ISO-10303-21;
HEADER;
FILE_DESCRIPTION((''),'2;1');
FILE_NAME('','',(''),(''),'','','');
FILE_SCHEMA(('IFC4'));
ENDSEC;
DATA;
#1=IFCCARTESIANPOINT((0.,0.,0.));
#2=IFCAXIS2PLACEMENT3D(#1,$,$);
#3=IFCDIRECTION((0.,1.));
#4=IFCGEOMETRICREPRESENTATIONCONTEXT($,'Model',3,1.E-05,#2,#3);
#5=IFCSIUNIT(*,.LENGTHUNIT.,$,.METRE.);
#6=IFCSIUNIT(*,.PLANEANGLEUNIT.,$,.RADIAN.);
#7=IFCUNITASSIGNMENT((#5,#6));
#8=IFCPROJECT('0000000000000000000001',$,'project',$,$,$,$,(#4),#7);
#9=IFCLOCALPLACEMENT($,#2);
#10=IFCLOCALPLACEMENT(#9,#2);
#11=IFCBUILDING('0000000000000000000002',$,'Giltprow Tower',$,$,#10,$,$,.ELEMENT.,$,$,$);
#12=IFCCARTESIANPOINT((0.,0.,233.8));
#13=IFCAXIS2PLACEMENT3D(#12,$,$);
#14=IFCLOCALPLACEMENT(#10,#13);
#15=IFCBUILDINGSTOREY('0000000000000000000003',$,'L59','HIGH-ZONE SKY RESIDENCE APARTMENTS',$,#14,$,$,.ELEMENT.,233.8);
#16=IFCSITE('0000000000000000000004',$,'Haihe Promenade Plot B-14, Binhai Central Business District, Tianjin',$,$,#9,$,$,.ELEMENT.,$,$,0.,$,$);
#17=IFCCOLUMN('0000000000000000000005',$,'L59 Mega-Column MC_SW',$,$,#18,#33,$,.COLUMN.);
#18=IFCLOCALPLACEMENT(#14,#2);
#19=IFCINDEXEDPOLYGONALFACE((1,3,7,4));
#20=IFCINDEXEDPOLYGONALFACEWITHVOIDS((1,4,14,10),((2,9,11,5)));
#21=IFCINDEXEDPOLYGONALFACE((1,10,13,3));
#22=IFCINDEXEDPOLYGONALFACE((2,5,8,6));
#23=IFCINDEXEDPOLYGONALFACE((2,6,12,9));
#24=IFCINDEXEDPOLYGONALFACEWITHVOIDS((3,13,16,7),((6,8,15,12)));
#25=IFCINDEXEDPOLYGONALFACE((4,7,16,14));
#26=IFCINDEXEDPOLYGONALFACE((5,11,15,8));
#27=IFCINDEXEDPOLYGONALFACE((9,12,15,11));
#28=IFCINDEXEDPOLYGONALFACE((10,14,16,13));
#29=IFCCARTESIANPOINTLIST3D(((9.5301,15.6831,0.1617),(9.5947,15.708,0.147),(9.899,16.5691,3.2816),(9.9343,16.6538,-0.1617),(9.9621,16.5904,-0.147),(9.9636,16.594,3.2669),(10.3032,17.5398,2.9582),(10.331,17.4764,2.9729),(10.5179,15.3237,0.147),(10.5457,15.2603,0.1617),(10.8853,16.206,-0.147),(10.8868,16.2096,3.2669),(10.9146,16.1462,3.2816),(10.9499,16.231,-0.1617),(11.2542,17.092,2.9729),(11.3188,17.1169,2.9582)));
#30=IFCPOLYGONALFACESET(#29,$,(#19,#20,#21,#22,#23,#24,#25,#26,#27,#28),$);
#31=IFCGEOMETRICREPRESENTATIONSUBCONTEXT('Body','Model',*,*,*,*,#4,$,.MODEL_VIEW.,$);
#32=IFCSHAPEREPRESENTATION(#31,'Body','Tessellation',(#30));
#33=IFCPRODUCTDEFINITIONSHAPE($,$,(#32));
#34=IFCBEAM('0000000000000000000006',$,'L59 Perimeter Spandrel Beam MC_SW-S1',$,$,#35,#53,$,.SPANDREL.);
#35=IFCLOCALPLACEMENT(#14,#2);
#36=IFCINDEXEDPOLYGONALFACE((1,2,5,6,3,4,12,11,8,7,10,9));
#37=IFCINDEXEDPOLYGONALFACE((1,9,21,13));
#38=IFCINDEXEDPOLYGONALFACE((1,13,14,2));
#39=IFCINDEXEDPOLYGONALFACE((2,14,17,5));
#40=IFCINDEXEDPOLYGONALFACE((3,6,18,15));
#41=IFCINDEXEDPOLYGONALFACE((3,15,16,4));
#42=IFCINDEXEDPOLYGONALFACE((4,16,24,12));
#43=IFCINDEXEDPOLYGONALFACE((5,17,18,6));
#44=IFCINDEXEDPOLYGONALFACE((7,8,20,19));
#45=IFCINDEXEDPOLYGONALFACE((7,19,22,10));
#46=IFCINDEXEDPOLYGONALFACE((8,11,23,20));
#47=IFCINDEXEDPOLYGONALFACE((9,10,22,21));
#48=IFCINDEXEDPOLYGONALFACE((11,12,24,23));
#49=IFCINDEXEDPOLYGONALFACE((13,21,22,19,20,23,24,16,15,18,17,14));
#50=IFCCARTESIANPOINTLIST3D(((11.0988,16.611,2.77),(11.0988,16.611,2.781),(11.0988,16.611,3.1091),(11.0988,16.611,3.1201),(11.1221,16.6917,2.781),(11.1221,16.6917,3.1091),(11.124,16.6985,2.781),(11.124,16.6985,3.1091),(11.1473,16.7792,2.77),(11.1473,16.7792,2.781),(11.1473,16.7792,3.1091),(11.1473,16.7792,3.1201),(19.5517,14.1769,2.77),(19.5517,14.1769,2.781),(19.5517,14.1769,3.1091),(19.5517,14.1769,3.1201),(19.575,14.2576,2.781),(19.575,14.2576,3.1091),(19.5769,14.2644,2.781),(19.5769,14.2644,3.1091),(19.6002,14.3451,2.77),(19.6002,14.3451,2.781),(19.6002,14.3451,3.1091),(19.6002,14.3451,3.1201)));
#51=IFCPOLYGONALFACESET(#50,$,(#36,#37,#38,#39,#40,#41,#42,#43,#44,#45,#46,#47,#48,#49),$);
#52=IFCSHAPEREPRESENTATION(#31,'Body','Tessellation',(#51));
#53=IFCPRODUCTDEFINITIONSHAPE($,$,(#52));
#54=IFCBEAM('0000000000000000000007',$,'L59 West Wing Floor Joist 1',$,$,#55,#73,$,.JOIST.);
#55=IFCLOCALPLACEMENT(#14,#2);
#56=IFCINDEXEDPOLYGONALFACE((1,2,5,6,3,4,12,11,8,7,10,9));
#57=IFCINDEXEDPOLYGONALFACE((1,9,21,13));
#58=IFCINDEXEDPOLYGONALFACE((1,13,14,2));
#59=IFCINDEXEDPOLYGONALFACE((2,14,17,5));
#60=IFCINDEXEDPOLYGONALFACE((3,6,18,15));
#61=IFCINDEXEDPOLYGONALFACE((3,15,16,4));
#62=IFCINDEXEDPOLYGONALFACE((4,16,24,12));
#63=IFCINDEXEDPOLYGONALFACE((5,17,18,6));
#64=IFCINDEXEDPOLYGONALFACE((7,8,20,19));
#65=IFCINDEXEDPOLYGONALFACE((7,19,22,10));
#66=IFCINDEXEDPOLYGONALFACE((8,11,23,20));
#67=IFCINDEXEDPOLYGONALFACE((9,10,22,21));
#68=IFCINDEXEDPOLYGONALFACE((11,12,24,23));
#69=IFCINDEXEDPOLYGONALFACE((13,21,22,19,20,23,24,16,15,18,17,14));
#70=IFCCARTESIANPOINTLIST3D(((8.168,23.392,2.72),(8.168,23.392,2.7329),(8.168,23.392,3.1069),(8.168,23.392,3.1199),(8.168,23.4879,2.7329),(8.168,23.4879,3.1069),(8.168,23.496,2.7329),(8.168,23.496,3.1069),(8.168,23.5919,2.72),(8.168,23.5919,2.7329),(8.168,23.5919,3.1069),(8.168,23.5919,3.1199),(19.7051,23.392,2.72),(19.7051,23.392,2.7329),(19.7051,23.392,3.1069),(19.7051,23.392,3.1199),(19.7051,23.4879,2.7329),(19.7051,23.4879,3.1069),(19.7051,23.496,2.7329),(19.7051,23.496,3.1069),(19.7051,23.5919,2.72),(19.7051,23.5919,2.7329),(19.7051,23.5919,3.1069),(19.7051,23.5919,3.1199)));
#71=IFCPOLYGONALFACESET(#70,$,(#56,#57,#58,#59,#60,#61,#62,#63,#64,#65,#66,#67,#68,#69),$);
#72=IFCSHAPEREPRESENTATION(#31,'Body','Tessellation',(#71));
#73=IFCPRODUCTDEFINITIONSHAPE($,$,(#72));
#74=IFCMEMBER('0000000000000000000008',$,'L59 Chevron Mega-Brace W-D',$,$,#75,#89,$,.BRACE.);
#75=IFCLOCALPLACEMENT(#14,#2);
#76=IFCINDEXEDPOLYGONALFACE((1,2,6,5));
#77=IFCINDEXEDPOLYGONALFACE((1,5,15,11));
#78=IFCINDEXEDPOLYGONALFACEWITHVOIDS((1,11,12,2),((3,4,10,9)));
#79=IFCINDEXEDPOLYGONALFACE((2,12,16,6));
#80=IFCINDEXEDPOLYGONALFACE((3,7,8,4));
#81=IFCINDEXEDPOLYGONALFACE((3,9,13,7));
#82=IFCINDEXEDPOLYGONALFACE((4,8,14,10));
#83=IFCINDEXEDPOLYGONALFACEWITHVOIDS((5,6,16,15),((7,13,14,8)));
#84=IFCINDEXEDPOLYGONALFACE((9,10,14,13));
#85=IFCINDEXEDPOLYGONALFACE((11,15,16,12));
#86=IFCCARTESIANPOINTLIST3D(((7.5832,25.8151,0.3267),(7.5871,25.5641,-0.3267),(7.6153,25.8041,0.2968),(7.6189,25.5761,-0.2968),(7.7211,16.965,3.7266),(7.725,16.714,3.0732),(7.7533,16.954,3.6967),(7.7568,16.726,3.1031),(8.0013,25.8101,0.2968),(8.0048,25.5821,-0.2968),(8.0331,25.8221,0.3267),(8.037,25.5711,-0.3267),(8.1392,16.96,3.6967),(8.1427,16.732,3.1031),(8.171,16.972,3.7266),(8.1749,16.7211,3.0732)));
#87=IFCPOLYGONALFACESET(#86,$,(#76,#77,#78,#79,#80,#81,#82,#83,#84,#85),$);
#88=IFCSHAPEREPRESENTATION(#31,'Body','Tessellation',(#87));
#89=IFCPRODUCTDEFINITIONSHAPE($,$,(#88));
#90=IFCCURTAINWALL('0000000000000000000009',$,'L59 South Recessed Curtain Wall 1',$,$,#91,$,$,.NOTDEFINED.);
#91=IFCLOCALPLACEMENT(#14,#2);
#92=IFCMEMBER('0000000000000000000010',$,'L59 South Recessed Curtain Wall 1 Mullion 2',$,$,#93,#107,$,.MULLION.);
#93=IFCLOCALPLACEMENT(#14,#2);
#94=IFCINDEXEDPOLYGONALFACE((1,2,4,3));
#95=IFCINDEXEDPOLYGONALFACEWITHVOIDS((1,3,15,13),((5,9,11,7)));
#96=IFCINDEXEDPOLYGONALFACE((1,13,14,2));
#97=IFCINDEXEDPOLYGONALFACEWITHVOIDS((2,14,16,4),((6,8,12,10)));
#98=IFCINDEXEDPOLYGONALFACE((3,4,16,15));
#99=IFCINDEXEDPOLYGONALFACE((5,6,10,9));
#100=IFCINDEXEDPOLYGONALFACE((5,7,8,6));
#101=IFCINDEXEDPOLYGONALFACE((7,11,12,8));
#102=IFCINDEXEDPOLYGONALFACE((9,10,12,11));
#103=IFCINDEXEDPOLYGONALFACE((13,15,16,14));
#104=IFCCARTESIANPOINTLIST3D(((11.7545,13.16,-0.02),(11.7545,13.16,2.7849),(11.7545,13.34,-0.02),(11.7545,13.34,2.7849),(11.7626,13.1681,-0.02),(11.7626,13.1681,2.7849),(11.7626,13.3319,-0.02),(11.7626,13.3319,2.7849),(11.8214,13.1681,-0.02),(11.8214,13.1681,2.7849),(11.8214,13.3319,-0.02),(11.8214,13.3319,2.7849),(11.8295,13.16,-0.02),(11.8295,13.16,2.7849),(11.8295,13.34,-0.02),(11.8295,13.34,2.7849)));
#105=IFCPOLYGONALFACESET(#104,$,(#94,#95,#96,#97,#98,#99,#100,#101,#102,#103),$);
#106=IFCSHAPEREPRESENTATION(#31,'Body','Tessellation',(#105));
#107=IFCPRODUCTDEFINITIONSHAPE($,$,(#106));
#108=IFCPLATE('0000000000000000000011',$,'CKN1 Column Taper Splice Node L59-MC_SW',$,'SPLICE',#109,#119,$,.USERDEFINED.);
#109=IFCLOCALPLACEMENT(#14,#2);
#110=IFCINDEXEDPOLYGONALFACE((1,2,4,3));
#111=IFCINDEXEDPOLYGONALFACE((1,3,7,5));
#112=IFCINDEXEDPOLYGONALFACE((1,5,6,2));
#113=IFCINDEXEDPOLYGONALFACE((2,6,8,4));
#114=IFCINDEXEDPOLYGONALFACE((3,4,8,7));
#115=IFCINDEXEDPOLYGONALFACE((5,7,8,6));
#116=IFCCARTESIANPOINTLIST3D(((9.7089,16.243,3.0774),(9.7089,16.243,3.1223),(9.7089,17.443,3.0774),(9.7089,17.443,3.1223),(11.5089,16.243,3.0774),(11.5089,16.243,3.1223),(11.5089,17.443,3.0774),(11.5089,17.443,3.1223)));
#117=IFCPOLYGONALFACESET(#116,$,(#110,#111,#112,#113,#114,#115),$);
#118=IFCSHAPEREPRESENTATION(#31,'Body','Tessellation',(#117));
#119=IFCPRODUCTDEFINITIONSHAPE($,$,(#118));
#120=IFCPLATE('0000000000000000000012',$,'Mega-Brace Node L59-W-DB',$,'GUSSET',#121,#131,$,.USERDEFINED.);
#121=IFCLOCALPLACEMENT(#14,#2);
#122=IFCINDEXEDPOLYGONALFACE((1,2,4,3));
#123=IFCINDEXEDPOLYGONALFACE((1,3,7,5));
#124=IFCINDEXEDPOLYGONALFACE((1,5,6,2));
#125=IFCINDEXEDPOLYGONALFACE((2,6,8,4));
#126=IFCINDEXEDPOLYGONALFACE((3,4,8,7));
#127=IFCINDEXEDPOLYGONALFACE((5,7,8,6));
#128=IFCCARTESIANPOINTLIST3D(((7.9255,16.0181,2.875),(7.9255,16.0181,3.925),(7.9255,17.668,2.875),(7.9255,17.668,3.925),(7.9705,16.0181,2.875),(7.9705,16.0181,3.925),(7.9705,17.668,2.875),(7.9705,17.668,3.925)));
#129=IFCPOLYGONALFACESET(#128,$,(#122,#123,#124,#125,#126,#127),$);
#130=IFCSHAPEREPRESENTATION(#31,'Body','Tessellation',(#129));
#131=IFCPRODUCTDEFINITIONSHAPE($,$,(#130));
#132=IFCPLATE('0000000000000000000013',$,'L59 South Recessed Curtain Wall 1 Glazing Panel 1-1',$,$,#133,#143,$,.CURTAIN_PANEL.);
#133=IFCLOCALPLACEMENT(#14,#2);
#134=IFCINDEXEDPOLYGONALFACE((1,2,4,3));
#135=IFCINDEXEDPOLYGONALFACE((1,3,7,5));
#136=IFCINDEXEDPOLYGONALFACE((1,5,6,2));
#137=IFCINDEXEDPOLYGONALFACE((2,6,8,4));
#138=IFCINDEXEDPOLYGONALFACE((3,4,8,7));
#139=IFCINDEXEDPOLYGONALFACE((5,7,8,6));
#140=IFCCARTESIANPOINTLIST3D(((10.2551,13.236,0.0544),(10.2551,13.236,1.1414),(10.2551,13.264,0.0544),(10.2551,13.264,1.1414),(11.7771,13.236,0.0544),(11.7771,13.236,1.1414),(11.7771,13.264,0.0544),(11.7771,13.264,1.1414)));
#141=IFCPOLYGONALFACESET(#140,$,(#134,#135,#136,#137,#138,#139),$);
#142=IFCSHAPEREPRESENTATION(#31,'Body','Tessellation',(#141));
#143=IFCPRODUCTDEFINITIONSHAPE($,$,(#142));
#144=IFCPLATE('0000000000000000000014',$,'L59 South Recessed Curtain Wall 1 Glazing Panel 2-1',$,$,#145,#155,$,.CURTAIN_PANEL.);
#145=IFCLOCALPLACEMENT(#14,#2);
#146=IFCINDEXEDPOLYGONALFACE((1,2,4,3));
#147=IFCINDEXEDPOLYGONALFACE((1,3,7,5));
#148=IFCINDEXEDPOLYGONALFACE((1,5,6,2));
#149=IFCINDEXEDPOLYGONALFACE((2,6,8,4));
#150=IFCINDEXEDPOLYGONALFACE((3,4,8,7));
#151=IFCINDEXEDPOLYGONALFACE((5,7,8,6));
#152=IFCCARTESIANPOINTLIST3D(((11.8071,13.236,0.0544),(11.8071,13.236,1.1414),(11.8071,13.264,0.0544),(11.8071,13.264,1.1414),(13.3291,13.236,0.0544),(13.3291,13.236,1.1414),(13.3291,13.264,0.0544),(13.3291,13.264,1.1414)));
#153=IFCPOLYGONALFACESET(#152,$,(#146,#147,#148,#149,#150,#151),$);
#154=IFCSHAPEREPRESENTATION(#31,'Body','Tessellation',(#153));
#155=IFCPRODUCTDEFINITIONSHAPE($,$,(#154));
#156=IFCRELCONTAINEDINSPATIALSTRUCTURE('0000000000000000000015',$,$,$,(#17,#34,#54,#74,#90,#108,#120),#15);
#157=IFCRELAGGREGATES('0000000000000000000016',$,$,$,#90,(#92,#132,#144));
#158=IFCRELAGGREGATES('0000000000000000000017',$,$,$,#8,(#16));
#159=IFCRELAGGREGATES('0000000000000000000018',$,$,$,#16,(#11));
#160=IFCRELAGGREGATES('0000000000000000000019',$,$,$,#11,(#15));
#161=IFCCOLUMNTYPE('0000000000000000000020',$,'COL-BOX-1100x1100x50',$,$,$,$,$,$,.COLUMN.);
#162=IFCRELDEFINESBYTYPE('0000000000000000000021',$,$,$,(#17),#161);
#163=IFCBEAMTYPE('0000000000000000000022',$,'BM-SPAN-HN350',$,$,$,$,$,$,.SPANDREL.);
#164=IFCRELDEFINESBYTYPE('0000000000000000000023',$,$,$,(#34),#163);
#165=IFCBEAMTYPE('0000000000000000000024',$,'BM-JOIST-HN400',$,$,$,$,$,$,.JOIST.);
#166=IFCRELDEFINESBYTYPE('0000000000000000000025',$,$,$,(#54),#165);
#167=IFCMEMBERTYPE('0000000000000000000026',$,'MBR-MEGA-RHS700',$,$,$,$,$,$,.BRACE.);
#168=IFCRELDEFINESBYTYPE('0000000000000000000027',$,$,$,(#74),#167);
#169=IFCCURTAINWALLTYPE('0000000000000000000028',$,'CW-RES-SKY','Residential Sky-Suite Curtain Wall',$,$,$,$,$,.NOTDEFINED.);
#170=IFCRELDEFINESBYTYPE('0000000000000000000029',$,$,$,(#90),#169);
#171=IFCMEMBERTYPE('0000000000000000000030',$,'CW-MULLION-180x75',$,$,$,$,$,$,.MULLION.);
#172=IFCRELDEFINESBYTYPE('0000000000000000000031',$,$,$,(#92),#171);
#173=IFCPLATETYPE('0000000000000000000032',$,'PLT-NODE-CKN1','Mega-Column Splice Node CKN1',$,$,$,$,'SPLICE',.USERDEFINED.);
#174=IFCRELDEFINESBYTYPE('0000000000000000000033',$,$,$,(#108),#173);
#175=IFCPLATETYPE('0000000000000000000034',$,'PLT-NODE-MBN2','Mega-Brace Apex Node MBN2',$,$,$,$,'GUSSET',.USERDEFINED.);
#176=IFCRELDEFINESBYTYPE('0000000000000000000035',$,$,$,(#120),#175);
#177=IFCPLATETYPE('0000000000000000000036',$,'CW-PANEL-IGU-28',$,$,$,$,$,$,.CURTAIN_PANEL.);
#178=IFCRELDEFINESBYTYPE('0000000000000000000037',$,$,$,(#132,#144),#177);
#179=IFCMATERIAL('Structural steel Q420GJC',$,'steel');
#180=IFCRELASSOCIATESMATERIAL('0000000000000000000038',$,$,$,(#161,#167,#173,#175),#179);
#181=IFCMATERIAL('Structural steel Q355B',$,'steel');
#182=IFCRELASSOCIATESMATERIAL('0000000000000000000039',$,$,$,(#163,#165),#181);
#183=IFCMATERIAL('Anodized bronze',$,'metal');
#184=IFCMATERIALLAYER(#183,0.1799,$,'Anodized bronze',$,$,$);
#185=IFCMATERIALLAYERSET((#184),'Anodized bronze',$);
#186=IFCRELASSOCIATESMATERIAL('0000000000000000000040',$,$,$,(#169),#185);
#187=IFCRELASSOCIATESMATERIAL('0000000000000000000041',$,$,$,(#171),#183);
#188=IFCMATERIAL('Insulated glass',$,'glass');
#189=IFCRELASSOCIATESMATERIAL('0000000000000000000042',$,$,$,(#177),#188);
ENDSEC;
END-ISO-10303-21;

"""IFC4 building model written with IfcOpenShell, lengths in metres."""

from ifc_helpers import new_model, si_unit, direction, frame, origin, origin_2d, place, context, subcontext, project, spatial, rectangle, hollow_rectangle, i_section, extrude, source, transform, mapped, material, layer, layer_set, material_profile, profile_set, type_object, element, aggregate, save


model = new_model("IFC4")

# Units and contexts
model_context = context("Model", 3, precision=1e-05, world=origin(), true_north=direction((0.0, 1.0)))
body_context = subcontext(model_context, "Body", "Model", "MODEL_VIEW")
ifc_project = project(units=[si_unit("LENGTHUNIT", "METRE"), si_unit("PLANEANGLEUNIT", "RADIAN")], contexts=[model_context])

# Site, building, storey
site_placement = place(None, origin())
site = spatial("IfcSite", under=ifc_project, at=site_placement, Name="Haihe Promenade Plot B-14, Binhai Central Business District, Tianjin", CompositionType="ELEMENT", RefElevation=0.0)
building_placement = place(site_placement, origin())
building = spatial("IfcBuilding", under=site, at=building_placement, Name="Giltprow Tower", CompositionType="ELEMENT")
storey_placement = place(building_placement, frame((0.0, 0.0, 233.8)))
storey = spatial("IfcBuildingStorey", under=building, at=storey_placement, Name="L59", Description="HIGH-ZONE SKY RESIDENCE APARTMENTS", CompositionType="ELEMENT", Elevation=233.8)

# Column
ifc_material_1 = material(Name="Structural steel Q420GJC", Category="steel")
ifc_material_profile_1 = material_profile(ifc_material_1, hollow_rectangle(XDim=1.1001, YDim=1.1001, WallThickness=0.05, at=origin_2d()), Name="BOX 1100x1100x50")
ifc_profile_set_1 = profile_set([ifc_material_profile_1], Name="Structural steel Q420GJC")
column_type = type_object("IfcColumnType", Name="COL-BOX-1100x1100x50", PredefinedType="COLUMN", material=ifc_profile_set_1)
shared_shape_1 = source(origin(), body_context, "Body", "SweptSolid", [
    extrude(hollow_rectangle(XDim=1.1001, YDim=1.1001, WallThickness=0.05, at=origin_2d()), origin(), (0.0, 0.0, 1.0), 3.2642),
])
column_placement = place(storey_placement, frame((10.24, 15.957, 0.0), z_axis=(0.113015, 0.27143, 0.9558), x_axis=(-0.923175, 0.384381, 0.0)))
element("IfcColumn", 1, at=column_placement, inside=storey, type_object=column_type, Name="L59 Mega-Column MC_SW", PredefinedType="COLUMN", context=body_context, shape_type="MappedRepresentation", body=[
    mapped(shared_shape_1, transform((0.0, 0.0, 0.0), x_axis=(1.0, 0.0, 0.0), y_axis=(0.0, 1.0, 0.0), z_axis=(0.0, 0.0, 1.0), scale=1.0)),
])

# Beams
ifc_material_2 = material(Name="Structural steel Q355B", Category="steel")
ifc_material_profile_2 = material_profile(ifc_material_2, i_section(OverallWidth=0.175, OverallDepth=0.3501, WebThickness=0.0071, FlangeThickness=0.011, at=origin_2d()), Name="HN 350x175x7x11")
ifc_profile_set_2 = profile_set([ifc_material_profile_2], Name="Structural steel Q355B")
beam_type_1 = type_object("IfcBeamType", Name="BM-SPAN-HN350", PredefinedType="SPANDREL", material=ifc_profile_set_2)
shared_shape_2 = source(origin(), body_context, "Body", "SweptSolid", [
    extrude(i_section(OverallWidth=0.175, OverallDepth=0.3501, WebThickness=0.0071, FlangeThickness=0.011, at=origin_2d()), origin(), (0.0, 0.0, 1.0), 8.7964),
])
beam_1_placement = place(storey_placement, frame((11.123, 16.6951, 2.9451), z_axis=(0.960952, -0.276715, 0.0), x_axis=(0.276715, 0.960952, 0.0)))
element("IfcBeam", 2, at=beam_1_placement, inside=storey, type_object=beam_type_1, Name="L59 Perimeter Spandrel Beam MC_SW-S1", PredefinedType="SPANDREL", context=body_context, shape_type="MappedRepresentation", body=[
    mapped(shared_shape_2, transform((0.0, 0.0, 0.0), x_axis=(1.0, 0.0, 0.0), y_axis=(0.0, 1.0, 0.0), z_axis=(0.0, 0.0, 1.0), scale=1.0)),
])
ifc_material_profile_3 = material_profile(ifc_material_2, i_section(OverallWidth=0.2, OverallDepth=0.3999, WebThickness=0.0081, FlangeThickness=0.0129, at=origin_2d()), Name="HN 400x200x8x13")
ifc_profile_set_3 = profile_set([ifc_material_profile_3], Name="Structural steel Q355B")
beam_type_2 = type_object("IfcBeamType", Name="BM-JOIST-HN400", PredefinedType="JOIST", material=ifc_profile_set_3)
shared_shape_3 = source(origin(), body_context, "Body", "SweptSolid", [
    extrude(i_section(OverallWidth=0.2, OverallDepth=0.3999, WebThickness=0.0081, FlangeThickness=0.0129, at=origin_2d()), origin(), (0.0, 0.0, 1.0), 11.5371),
])
beam_2_placement = place(storey_placement, frame((8.168, 23.4919, 2.9199), z_axis=(1.0, 0.0, 0.0), x_axis=(0.0, 1.0, 0.0)))
element("IfcBeam", 3, at=beam_2_placement, inside=storey, type_object=beam_type_2, Name="L59 West Wing Floor Joist 1", PredefinedType="JOIST", context=body_context, shape_type="MappedRepresentation", body=[
    mapped(shared_shape_3, transform((0.0, 0.0, 0.0), x_axis=(1.0, 0.0, 0.0), y_axis=(0.0, 1.0, 0.0), z_axis=(0.0, 0.0, 1.0), scale=1.0)),
])

# Member
ifc_material_profile_4 = material_profile(ifc_material_1, hollow_rectangle(XDim=0.45, YDim=0.7, WallThickness=0.032, at=origin_2d()), Name="RHS 700x450x32")
ifc_profile_set_4 = profile_set([ifc_material_profile_4], Name="Structural steel Q420GJC")
member_type_1 = type_object("IfcMemberType", Name="MBR-MEGA-RHS700", PredefinedType="BRACE", material=ifc_profile_set_4)
shared_shape_4 = source(origin(), body_context, "Body", "SweptSolid", [
    extrude(hollow_rectangle(XDim=0.45, YDim=0.7, WallThickness=0.032, at=origin_2d()), origin(), (0.0, 0.0, 1.0), 9.4817),
])
member_1_placement = place(storey_placement, frame((7.8101, 25.6931, 0.0), z_axis=(0.014548, -0.933387, 0.358575), x_axis=(0.999879, 0.015584, 0.0)))
element("IfcMember", 4, at=member_1_placement, inside=storey, type_object=member_type_1, Name="L59 Chevron Mega-Brace W-D", PredefinedType="BRACE", context=body_context, shape_type="MappedRepresentation", body=[
    mapped(shared_shape_4, transform((0.0, 0.0, 0.0), x_axis=(1.0, 0.0, 0.0), y_axis=(0.0, 1.0, 0.0), z_axis=(0.0, 0.0, 1.0), scale=1.0)),
])

# Curtain wall, member
ifc_material_3 = material(Name="Anodized bronze", Category="metal")
ifc_layer_1 = layer(ifc_material_3, 0.1799, Name="Anodized bronze")
ifc_layer_set_1 = layer_set([ifc_layer_1], Name="Anodized bronze")
curtain_wall_type = type_object("IfcCurtainWallType", Name="CW-RES-SKY", Description="Residential Sky-Suite Curtain Wall", PredefinedType="NOTDEFINED", material=ifc_layer_set_1)
curtain_wall_placement = place(storey_placement, origin())
curtain_wall = element("IfcCurtainWall", 5, at=curtain_wall_placement, inside=storey, type_object=curtain_wall_type, Name="L59 South Recessed Curtain Wall 1", PredefinedType="NOTDEFINED")
ifc_material_profile_5 = material_profile(ifc_material_3, hollow_rectangle(XDim=0.075, YDim=0.1799, WallThickness=0.0081, at=origin_2d()), Name="RHS 180x75x8")
ifc_profile_set_5 = profile_set([ifc_material_profile_5], Name="Anodized bronze")
member_type_2 = type_object("IfcMemberType", Name="CW-MULLION-180x75", PredefinedType="MULLION", material=ifc_profile_set_5)
shared_shape_5 = source(origin(), body_context, "Body", "SweptSolid", [
    extrude(hollow_rectangle(XDim=0.075, YDim=0.1799, WallThickness=0.0081, at=origin_2d()), origin(), (0.0, 0.0, 1.0), 2.8049),
])
member_2_placement = place(storey_placement, frame((11.792, 13.25, -0.02), z_axis=(0.0, 0.0, 1.0), x_axis=(1.0, 0.0, 0.0)))
member_2 = element("IfcMember", 6, at=member_2_placement, type_object=member_type_2, Name="L59 South Recessed Curtain Wall 1 Mullion 2", PredefinedType="MULLION", context=body_context, shape_type="MappedRepresentation", body=[
    mapped(shared_shape_5, transform((0.0, 0.0, 0.0), x_axis=(1.0, 0.0, 0.0), y_axis=(0.0, 1.0, 0.0), z_axis=(0.0, 0.0, 1.0), scale=1.0)),
])

# Plates
plate_type_1 = type_object("IfcPlateType", Name="PLT-NODE-CKN1", Description="Mega-Column Splice Node CKN1", ElementType="SPLICE", PredefinedType="USERDEFINED", material=ifc_material_1)
shared_shape_6 = source(origin(), body_context, "Body", "SweptSolid", [
    extrude(rectangle(XDim=1.8, YDim=1.2, at=origin_2d()), origin(), (0.0, 0.0, 1.0), 0.0449),
])
plate_1_placement = place(storey_placement, frame((10.6089, 16.843, 3.0774), z_axis=(0.0, 0.0, 1.0), x_axis=(1.0, 0.0, 0.0)))
element("IfcPlate", 7, at=plate_1_placement, inside=storey, type_object=plate_type_1, Name="CKN1 Column Taper Splice Node L59-MC_SW", ObjectType="SPLICE", PredefinedType="USERDEFINED", context=body_context, shape_type="MappedRepresentation", body=[
    mapped(shared_shape_6, transform((0.0, 0.0, 0.0), x_axis=(1.0, 0.0, 0.0), y_axis=(0.0, 1.0, 0.0), z_axis=(0.0, 0.0, 1.0), scale=1.0)),
])
plate_type_2 = type_object("IfcPlateType", Name="PLT-NODE-MBN2", Description="Mega-Brace Apex Node MBN2", ElementType="GUSSET", PredefinedType="USERDEFINED", material=ifc_material_1)
shared_shape_7 = source(origin(), body_context, "Body", "SweptSolid", [
    extrude(rectangle(XDim=1.6499, YDim=0.0449, at=origin_2d()), origin(), (0.0, 0.0, 1.0), 1.05),
])
plate_2_placement = place(storey_placement, frame((7.948, 16.843, 2.875), z_axis=(0.0, 0.0, 1.0), x_axis=(0.0, 1.0, 0.0)))
element("IfcPlate", 8, at=plate_2_placement, inside=storey, type_object=plate_type_2, Name="Mega-Brace Node L59-W-DB", ObjectType="GUSSET", PredefinedType="USERDEFINED", context=body_context, shape_type="MappedRepresentation", body=[
    mapped(shared_shape_7, transform((0.0, 0.0, 0.0), x_axis=(1.0, 0.0, 0.0), y_axis=(0.0, 1.0, 0.0), z_axis=(0.0, 0.0, 1.0), scale=1.0)),
])

# Plates
ifc_material_4 = material(Name="Insulated glass", Category="glass")
plate_type_3 = type_object("IfcPlateType", Name="CW-PANEL-IGU-28", PredefinedType="CURTAIN_PANEL", material=ifc_material_4)
shared_shape_8 = source(origin(), body_context, "Body", "SweptSolid", [
    extrude(rectangle(XDim=1.522, YDim=0.0281, at=origin_2d()), origin(), (0.0, 0.0, 1.0), 1.0869),
])
plate_3_placement = place(storey_placement, frame((11.0161, 13.25, 0.0544), z_axis=(0.0, 0.0, 1.0), x_axis=(1.0, 0.0, 0.0)))
plate_3 = element("IfcPlate", 9, at=plate_3_placement, type_object=plate_type_3, Name="L59 South Recessed Curtain Wall 1 Glazing Panel 1-1", PredefinedType="CURTAIN_PANEL", context=body_context, shape_type="MappedRepresentation", body=[
    mapped(shared_shape_8, transform((0.0, 0.0, 0.0), x_axis=(1.0, 0.0, 0.0), y_axis=(0.0, 1.0, 0.0), z_axis=(0.0, 0.0, 1.0), scale=1.0)),
])
plate_4_placement = place(storey_placement, frame((12.5681, 13.25, 0.0544), z_axis=(0.0, 0.0, 1.0), x_axis=(1.0, 0.0, 0.0)))
plate_4 = element("IfcPlate", 10, at=plate_4_placement, type_object=plate_type_3, Name="L59 South Recessed Curtain Wall 1 Glazing Panel 2-1", PredefinedType="CURTAIN_PANEL", context=body_context, shape_type="MappedRepresentation", body=[
    mapped(shared_shape_8, transform((0.0, 0.0, 0.0), x_axis=(1.0, 0.0, 0.0), y_axis=(0.0, 1.0, 0.0), z_axis=(0.0, 0.0, 1.0), scale=1.0)),
])
aggregate(curtain_wall, [member_2, plate_3, plate_4])

save(model, "model.ifc")
